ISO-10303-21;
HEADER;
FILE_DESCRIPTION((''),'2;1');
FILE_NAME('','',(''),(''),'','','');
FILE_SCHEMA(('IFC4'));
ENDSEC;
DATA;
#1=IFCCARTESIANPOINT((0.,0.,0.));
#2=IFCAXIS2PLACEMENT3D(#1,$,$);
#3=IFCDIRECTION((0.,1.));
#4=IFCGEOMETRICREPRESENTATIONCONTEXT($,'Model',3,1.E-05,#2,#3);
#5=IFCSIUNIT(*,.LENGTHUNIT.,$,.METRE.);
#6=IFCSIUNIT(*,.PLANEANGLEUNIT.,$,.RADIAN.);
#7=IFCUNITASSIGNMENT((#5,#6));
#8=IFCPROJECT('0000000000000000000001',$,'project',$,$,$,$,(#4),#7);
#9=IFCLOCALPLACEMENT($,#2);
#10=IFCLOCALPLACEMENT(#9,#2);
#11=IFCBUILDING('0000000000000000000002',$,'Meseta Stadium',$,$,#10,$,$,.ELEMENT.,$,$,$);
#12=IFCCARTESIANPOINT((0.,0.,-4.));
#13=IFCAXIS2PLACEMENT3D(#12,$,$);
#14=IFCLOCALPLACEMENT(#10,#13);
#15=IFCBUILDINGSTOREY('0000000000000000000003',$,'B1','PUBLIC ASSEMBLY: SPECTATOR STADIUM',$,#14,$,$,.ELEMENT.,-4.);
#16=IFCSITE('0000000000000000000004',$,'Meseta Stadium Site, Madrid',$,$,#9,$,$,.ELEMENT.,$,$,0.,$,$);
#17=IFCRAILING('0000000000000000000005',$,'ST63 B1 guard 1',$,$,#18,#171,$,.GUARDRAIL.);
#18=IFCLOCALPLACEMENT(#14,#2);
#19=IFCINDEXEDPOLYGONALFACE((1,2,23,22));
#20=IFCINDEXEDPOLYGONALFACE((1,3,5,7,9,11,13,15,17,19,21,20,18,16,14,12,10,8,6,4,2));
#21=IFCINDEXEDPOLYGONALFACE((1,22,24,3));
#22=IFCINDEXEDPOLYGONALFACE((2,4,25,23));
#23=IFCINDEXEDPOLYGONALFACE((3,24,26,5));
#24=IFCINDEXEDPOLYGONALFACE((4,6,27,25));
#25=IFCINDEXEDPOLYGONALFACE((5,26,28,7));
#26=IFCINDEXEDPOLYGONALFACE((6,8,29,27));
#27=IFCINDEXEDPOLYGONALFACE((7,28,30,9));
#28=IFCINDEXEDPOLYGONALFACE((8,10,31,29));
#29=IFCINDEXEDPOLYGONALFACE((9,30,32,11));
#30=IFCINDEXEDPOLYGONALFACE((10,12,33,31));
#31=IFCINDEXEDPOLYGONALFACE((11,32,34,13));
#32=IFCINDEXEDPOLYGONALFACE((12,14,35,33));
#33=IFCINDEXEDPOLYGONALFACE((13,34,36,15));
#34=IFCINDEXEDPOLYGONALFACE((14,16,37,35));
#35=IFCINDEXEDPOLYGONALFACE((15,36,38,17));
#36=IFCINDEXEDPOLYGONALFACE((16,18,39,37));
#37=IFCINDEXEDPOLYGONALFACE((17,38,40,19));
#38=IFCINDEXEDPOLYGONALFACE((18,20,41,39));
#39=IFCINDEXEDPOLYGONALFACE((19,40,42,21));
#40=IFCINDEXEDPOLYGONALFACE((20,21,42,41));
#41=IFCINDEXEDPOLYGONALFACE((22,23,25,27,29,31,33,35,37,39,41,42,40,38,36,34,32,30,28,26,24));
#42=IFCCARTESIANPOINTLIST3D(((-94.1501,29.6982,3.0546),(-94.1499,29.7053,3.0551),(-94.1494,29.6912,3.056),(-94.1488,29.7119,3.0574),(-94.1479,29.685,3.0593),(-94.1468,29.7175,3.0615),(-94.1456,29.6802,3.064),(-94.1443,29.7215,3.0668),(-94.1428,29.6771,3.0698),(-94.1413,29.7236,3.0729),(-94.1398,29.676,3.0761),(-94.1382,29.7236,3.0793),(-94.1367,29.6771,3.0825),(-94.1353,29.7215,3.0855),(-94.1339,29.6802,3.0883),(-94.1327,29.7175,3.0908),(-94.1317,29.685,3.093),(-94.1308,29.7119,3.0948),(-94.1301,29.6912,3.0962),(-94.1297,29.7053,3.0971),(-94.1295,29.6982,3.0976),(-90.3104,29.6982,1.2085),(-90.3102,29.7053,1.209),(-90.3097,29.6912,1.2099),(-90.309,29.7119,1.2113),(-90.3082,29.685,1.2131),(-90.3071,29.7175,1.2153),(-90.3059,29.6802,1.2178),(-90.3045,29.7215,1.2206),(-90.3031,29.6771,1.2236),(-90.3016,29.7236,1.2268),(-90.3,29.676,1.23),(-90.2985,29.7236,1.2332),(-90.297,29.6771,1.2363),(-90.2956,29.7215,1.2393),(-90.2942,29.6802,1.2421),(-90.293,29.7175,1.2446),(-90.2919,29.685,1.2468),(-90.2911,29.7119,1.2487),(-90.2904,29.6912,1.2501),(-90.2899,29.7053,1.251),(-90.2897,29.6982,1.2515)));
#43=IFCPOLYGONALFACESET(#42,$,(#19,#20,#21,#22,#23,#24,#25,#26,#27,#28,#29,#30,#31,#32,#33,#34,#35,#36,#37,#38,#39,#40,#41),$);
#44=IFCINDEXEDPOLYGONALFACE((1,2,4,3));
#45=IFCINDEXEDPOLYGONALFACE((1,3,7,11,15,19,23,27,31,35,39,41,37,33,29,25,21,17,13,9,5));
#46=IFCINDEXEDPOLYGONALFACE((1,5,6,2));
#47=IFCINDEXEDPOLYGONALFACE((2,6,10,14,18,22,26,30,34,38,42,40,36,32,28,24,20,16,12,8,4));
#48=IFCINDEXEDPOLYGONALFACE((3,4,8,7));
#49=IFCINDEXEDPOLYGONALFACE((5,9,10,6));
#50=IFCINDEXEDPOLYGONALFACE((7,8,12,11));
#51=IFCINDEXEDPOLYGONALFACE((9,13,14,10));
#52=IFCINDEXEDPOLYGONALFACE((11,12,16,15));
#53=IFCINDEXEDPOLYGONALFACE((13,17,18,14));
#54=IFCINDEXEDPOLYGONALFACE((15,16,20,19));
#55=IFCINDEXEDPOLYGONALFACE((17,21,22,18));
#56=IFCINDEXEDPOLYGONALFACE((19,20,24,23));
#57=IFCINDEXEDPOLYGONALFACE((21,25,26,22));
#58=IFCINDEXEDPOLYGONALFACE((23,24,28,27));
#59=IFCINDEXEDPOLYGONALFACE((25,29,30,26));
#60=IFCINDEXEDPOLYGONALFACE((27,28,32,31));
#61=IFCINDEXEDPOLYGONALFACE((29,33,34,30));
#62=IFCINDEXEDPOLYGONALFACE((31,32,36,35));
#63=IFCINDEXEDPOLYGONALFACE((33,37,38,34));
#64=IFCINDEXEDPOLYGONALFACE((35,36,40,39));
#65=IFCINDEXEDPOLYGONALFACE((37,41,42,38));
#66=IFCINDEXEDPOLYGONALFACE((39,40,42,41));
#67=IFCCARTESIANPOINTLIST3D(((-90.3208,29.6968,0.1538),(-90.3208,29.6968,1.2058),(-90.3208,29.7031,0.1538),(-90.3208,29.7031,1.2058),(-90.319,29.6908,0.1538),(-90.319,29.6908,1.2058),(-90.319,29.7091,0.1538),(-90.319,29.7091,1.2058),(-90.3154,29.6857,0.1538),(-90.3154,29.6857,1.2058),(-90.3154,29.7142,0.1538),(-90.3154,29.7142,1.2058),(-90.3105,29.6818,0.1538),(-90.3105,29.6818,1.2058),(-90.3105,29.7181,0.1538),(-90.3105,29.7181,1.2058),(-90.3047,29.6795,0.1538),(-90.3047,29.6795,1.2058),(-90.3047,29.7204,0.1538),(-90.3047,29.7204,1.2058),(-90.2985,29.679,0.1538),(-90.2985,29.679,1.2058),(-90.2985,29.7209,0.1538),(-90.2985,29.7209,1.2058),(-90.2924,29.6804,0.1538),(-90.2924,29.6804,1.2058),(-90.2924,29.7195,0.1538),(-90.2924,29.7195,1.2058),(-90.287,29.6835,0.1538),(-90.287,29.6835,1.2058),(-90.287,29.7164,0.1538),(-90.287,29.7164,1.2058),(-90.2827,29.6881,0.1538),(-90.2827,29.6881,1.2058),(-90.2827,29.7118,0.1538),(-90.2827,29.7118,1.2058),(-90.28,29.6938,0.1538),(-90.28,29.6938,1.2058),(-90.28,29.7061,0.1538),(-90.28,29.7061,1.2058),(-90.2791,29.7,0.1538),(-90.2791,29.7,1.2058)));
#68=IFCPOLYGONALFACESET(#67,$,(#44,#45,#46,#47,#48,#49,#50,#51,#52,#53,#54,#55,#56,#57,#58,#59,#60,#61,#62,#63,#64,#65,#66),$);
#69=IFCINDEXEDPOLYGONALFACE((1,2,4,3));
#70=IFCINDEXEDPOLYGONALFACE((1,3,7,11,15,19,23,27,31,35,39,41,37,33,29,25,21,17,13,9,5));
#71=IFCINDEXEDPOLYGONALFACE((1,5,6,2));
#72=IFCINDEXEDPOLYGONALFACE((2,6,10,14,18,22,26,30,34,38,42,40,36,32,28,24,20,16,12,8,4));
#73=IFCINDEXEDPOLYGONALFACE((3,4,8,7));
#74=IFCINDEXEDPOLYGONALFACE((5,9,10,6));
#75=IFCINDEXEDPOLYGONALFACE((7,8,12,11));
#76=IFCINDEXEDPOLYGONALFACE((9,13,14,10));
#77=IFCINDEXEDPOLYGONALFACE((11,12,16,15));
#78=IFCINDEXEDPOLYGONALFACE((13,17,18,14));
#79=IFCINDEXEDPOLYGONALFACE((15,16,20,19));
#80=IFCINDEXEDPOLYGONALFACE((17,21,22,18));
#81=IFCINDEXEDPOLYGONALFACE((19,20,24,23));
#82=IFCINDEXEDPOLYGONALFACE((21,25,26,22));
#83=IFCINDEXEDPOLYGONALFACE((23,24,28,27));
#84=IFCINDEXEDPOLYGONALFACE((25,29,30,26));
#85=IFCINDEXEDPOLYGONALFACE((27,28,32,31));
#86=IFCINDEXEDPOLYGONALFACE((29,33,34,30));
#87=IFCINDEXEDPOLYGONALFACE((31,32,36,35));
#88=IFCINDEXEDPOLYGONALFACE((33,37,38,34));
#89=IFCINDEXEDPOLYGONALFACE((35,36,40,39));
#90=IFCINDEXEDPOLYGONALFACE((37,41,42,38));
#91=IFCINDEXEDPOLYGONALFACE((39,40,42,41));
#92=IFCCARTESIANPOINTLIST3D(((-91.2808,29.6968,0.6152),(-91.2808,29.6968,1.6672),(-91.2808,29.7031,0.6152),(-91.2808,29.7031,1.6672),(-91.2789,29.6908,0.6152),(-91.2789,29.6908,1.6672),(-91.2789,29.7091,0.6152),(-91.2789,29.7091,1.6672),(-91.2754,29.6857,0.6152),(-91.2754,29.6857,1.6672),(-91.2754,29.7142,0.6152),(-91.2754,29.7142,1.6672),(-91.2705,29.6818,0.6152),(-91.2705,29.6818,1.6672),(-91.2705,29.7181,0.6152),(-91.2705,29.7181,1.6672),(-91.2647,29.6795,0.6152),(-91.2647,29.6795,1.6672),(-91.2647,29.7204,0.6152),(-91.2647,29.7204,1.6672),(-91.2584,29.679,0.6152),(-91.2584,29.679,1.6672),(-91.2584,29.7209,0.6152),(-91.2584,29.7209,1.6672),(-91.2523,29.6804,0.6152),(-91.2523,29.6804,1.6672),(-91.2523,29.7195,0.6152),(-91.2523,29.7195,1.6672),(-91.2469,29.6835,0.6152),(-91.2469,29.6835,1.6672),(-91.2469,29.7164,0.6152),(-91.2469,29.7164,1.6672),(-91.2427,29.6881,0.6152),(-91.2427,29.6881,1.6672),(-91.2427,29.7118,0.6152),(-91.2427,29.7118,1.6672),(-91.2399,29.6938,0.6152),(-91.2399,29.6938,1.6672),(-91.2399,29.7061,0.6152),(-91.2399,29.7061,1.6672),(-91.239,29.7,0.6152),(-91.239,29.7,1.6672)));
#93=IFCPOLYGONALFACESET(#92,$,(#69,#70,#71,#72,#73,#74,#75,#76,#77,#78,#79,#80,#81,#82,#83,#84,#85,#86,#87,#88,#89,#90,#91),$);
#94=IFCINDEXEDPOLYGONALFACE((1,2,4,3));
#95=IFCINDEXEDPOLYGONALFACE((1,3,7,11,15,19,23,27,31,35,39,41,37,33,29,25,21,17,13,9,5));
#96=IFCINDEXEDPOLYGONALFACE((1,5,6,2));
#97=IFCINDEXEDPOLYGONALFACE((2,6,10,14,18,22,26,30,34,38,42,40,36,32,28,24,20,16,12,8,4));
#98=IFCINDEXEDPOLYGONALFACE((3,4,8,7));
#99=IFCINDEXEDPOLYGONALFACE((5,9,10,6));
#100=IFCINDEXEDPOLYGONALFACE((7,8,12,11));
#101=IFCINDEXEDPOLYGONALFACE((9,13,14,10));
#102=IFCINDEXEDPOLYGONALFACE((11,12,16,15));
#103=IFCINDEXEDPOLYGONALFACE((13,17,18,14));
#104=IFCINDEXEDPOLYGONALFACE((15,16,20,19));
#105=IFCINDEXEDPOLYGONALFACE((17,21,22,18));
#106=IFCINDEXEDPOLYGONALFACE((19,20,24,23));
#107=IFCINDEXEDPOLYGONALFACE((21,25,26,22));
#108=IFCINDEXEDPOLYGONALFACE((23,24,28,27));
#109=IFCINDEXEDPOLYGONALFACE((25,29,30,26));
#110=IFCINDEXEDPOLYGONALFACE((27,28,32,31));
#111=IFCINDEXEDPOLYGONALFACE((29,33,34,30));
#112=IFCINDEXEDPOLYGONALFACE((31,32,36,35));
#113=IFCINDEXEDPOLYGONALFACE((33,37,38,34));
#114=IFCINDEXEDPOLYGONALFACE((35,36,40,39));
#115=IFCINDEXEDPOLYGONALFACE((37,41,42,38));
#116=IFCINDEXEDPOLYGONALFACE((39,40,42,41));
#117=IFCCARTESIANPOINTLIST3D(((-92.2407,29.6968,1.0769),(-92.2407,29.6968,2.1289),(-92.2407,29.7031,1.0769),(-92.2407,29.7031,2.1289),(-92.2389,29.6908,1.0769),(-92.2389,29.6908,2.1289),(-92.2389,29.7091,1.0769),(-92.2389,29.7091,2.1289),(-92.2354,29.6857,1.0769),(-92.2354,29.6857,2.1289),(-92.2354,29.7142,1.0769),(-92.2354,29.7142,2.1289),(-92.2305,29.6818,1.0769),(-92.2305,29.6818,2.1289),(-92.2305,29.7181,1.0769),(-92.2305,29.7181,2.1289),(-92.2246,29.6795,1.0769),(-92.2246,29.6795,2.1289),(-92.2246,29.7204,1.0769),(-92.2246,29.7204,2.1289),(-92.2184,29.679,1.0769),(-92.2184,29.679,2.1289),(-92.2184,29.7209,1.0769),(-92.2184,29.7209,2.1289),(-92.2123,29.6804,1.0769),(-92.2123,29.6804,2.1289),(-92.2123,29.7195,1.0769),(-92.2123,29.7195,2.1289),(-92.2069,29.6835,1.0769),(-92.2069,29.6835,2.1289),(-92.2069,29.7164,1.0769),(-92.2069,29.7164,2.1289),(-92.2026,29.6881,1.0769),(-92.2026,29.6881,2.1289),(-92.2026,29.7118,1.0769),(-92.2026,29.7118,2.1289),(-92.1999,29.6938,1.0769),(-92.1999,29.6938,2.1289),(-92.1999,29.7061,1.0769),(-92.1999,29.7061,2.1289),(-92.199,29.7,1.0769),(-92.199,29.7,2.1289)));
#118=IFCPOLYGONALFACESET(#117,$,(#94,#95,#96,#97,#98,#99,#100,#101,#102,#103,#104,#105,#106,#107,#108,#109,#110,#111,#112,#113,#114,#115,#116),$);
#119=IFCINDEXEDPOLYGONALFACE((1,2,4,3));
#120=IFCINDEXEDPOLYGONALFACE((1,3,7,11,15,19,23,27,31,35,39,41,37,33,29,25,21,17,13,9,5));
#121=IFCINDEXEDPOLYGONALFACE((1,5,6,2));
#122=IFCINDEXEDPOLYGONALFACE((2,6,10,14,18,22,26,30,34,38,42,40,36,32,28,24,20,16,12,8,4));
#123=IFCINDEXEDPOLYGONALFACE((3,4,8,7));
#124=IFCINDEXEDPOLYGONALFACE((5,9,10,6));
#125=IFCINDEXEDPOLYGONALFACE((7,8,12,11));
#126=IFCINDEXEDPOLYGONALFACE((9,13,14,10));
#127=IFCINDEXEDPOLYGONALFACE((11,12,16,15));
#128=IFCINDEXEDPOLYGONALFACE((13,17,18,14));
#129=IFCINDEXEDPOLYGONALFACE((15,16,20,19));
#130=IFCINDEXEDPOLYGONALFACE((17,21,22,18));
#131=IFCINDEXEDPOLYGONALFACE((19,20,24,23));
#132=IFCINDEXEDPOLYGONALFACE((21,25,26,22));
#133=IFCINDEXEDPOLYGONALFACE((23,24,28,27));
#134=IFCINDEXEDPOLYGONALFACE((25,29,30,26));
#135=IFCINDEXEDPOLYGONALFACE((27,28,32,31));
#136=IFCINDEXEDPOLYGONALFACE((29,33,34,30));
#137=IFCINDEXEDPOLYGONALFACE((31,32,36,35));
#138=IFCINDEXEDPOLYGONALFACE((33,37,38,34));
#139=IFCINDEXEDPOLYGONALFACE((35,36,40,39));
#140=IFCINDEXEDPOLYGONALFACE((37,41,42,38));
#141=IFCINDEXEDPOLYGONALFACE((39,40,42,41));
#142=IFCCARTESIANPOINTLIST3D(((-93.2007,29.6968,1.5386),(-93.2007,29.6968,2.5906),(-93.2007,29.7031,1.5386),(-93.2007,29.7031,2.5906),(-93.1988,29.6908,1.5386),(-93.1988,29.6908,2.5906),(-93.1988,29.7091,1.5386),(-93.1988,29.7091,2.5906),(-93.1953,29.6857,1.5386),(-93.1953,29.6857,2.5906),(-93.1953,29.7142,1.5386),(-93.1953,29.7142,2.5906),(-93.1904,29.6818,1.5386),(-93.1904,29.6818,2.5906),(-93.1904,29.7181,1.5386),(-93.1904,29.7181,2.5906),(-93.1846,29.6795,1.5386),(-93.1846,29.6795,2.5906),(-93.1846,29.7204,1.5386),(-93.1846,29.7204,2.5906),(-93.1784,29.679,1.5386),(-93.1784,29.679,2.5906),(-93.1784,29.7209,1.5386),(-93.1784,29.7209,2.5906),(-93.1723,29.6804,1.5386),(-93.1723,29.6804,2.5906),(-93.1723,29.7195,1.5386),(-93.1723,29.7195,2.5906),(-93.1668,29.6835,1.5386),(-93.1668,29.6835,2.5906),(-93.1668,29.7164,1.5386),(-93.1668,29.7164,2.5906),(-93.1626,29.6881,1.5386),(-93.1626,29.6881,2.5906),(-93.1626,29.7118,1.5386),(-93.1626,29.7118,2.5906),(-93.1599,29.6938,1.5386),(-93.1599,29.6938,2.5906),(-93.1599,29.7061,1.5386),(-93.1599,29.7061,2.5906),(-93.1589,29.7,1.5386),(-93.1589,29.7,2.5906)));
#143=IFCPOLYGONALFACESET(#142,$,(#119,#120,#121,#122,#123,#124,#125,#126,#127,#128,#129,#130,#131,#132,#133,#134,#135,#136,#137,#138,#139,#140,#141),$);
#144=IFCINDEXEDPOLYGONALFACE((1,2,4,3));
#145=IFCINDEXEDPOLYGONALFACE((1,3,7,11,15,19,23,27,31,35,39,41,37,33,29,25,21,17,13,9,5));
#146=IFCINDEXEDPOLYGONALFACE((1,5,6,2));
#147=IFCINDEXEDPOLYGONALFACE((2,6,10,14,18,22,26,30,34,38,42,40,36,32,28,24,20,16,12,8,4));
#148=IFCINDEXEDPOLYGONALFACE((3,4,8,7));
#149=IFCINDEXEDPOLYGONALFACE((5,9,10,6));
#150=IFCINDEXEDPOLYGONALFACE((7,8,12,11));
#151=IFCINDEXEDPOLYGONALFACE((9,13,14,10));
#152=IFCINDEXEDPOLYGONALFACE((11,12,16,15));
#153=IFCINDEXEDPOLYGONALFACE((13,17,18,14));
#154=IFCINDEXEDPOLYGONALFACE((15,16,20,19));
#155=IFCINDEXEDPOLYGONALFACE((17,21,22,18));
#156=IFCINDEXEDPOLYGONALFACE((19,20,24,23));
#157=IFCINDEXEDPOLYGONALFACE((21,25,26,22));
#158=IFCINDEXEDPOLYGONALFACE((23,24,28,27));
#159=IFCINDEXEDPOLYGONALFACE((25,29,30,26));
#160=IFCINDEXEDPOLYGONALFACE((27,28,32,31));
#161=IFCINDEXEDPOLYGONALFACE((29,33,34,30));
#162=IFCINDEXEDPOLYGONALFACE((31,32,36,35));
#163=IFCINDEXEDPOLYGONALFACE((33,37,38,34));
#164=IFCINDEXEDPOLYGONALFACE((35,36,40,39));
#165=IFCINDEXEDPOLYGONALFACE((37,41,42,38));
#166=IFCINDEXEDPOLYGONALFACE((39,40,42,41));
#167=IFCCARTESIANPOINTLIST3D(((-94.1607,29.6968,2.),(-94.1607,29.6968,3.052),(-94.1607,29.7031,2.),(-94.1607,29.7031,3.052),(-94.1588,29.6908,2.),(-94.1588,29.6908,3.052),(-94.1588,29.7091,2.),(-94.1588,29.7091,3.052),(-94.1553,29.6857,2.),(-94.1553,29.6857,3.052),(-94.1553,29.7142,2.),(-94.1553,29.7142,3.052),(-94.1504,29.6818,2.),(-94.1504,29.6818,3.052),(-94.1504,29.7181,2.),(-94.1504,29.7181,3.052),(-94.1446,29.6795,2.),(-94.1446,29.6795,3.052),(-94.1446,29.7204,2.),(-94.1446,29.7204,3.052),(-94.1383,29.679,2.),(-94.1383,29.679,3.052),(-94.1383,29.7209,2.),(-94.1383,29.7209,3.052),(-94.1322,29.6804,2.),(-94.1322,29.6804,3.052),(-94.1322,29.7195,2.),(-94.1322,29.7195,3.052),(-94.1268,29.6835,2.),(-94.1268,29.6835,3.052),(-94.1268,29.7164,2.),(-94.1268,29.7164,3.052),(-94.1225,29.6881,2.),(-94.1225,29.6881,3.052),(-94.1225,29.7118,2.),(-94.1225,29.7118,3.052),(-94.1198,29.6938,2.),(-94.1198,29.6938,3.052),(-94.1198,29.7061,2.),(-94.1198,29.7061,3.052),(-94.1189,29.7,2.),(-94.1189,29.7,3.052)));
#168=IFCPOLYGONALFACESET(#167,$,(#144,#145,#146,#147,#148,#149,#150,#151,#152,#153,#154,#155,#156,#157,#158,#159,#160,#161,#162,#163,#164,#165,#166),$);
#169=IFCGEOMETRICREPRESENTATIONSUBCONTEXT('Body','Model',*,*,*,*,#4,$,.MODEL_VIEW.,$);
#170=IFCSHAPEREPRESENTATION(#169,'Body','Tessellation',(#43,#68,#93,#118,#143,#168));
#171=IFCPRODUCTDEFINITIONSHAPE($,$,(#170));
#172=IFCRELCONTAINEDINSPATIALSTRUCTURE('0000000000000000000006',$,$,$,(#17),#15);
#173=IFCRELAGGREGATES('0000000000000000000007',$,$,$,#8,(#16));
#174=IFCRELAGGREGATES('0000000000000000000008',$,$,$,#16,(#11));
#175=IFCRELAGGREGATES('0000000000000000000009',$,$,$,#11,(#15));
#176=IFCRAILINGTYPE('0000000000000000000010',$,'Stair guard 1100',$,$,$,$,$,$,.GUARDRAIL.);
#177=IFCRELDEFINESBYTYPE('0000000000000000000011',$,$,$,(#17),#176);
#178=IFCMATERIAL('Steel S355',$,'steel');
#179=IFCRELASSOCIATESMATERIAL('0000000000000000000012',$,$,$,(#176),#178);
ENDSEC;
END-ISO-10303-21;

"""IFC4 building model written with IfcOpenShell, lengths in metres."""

from ifc_helpers import new_model, si_unit, direction, frame, origin, origin_2d, place, context, subcontext, project, spatial, circle, extrude, material, type_object, element, save


model = new_model("IFC4")

# Units and contexts
model_context = context("Model", 3, precision=1e-05, world=origin(), true_north=direction((0.0, 1.0)))
body_context = subcontext(model_context, "Body", "Model", "MODEL_VIEW")
ifc_project = project(units=[si_unit("LENGTHUNIT", "METRE"), si_unit("PLANEANGLEUNIT", "RADIAN")], contexts=[model_context])

# Site, building, storey
site_placement = place(None, origin())
site = spatial("IfcSite", under=ifc_project, at=site_placement, Name="Meseta Stadium Site, Madrid", CompositionType="ELEMENT", RefElevation=0.0)
building_placement = place(site_placement, origin())
building = spatial("IfcBuilding", under=site, at=building_placement, Name="Meseta Stadium", CompositionType="ELEMENT")
storey_placement = place(building_placement, frame((0.0, 0.0, -4.0)))
storey = spatial("IfcBuildingStorey", under=building, at=storey_placement, Name="B1", Description="PUBLIC ASSEMBLY: SPECTATOR STADIUM", CompositionType="ELEMENT", Elevation=-4.0)

# Railing
ifc_material_1 = material(Name="Steel S355", Category="steel")
railing_type_1 = type_object("IfcRailingType", Name="Stair guard 1100", PredefinedType="GUARDRAIL", material=ifc_material_1)
railing_1_placement = place(storey_placement, frame((-90.3, 29.7, 0.1538)))
element("IfcRailing", 1, at=railing_1_placement, inside=storey, type_object=railing_type_1, Name="ST63 B1 guard 1", PredefinedType="GUARDRAIL", context=body_context, shape_type="SweptSolid", body=[
    extrude(circle(Radius=0.0239, at=origin_2d()), frame((0.0, 0.0, 1.0762), z_axis=(-0.901242, 0.0, 0.433316), x_axis=(0.0, -1.0, 0.0)), (0.0, 0.0, 1.0), 4.2605),
    extrude(circle(Radius=0.021, at=origin_2d()), origin(), (0.0, 0.0, 1.0), 1.052),
    extrude(circle(Radius=0.021, at=origin_2d()), frame((-0.96, 0.0, 0.4614)), (0.0, 0.0, 1.0), 1.052),
    extrude(circle(Radius=0.021, at=origin_2d()), frame((-1.9199, 0.0, 0.9231)), (0.0, 0.0, 1.0), 1.052),
    extrude(circle(Radius=0.021, at=origin_2d()), frame((-2.8799, 0.0, 1.3848)), (0.0, 0.0, 1.0), 1.052),
    extrude(circle(Radius=0.021, at=origin_2d()), frame((-3.8398, 0.0, 1.8462)), (0.0, 0.0, 1.0), 1.052),
])

save(model, "model.ifc")
